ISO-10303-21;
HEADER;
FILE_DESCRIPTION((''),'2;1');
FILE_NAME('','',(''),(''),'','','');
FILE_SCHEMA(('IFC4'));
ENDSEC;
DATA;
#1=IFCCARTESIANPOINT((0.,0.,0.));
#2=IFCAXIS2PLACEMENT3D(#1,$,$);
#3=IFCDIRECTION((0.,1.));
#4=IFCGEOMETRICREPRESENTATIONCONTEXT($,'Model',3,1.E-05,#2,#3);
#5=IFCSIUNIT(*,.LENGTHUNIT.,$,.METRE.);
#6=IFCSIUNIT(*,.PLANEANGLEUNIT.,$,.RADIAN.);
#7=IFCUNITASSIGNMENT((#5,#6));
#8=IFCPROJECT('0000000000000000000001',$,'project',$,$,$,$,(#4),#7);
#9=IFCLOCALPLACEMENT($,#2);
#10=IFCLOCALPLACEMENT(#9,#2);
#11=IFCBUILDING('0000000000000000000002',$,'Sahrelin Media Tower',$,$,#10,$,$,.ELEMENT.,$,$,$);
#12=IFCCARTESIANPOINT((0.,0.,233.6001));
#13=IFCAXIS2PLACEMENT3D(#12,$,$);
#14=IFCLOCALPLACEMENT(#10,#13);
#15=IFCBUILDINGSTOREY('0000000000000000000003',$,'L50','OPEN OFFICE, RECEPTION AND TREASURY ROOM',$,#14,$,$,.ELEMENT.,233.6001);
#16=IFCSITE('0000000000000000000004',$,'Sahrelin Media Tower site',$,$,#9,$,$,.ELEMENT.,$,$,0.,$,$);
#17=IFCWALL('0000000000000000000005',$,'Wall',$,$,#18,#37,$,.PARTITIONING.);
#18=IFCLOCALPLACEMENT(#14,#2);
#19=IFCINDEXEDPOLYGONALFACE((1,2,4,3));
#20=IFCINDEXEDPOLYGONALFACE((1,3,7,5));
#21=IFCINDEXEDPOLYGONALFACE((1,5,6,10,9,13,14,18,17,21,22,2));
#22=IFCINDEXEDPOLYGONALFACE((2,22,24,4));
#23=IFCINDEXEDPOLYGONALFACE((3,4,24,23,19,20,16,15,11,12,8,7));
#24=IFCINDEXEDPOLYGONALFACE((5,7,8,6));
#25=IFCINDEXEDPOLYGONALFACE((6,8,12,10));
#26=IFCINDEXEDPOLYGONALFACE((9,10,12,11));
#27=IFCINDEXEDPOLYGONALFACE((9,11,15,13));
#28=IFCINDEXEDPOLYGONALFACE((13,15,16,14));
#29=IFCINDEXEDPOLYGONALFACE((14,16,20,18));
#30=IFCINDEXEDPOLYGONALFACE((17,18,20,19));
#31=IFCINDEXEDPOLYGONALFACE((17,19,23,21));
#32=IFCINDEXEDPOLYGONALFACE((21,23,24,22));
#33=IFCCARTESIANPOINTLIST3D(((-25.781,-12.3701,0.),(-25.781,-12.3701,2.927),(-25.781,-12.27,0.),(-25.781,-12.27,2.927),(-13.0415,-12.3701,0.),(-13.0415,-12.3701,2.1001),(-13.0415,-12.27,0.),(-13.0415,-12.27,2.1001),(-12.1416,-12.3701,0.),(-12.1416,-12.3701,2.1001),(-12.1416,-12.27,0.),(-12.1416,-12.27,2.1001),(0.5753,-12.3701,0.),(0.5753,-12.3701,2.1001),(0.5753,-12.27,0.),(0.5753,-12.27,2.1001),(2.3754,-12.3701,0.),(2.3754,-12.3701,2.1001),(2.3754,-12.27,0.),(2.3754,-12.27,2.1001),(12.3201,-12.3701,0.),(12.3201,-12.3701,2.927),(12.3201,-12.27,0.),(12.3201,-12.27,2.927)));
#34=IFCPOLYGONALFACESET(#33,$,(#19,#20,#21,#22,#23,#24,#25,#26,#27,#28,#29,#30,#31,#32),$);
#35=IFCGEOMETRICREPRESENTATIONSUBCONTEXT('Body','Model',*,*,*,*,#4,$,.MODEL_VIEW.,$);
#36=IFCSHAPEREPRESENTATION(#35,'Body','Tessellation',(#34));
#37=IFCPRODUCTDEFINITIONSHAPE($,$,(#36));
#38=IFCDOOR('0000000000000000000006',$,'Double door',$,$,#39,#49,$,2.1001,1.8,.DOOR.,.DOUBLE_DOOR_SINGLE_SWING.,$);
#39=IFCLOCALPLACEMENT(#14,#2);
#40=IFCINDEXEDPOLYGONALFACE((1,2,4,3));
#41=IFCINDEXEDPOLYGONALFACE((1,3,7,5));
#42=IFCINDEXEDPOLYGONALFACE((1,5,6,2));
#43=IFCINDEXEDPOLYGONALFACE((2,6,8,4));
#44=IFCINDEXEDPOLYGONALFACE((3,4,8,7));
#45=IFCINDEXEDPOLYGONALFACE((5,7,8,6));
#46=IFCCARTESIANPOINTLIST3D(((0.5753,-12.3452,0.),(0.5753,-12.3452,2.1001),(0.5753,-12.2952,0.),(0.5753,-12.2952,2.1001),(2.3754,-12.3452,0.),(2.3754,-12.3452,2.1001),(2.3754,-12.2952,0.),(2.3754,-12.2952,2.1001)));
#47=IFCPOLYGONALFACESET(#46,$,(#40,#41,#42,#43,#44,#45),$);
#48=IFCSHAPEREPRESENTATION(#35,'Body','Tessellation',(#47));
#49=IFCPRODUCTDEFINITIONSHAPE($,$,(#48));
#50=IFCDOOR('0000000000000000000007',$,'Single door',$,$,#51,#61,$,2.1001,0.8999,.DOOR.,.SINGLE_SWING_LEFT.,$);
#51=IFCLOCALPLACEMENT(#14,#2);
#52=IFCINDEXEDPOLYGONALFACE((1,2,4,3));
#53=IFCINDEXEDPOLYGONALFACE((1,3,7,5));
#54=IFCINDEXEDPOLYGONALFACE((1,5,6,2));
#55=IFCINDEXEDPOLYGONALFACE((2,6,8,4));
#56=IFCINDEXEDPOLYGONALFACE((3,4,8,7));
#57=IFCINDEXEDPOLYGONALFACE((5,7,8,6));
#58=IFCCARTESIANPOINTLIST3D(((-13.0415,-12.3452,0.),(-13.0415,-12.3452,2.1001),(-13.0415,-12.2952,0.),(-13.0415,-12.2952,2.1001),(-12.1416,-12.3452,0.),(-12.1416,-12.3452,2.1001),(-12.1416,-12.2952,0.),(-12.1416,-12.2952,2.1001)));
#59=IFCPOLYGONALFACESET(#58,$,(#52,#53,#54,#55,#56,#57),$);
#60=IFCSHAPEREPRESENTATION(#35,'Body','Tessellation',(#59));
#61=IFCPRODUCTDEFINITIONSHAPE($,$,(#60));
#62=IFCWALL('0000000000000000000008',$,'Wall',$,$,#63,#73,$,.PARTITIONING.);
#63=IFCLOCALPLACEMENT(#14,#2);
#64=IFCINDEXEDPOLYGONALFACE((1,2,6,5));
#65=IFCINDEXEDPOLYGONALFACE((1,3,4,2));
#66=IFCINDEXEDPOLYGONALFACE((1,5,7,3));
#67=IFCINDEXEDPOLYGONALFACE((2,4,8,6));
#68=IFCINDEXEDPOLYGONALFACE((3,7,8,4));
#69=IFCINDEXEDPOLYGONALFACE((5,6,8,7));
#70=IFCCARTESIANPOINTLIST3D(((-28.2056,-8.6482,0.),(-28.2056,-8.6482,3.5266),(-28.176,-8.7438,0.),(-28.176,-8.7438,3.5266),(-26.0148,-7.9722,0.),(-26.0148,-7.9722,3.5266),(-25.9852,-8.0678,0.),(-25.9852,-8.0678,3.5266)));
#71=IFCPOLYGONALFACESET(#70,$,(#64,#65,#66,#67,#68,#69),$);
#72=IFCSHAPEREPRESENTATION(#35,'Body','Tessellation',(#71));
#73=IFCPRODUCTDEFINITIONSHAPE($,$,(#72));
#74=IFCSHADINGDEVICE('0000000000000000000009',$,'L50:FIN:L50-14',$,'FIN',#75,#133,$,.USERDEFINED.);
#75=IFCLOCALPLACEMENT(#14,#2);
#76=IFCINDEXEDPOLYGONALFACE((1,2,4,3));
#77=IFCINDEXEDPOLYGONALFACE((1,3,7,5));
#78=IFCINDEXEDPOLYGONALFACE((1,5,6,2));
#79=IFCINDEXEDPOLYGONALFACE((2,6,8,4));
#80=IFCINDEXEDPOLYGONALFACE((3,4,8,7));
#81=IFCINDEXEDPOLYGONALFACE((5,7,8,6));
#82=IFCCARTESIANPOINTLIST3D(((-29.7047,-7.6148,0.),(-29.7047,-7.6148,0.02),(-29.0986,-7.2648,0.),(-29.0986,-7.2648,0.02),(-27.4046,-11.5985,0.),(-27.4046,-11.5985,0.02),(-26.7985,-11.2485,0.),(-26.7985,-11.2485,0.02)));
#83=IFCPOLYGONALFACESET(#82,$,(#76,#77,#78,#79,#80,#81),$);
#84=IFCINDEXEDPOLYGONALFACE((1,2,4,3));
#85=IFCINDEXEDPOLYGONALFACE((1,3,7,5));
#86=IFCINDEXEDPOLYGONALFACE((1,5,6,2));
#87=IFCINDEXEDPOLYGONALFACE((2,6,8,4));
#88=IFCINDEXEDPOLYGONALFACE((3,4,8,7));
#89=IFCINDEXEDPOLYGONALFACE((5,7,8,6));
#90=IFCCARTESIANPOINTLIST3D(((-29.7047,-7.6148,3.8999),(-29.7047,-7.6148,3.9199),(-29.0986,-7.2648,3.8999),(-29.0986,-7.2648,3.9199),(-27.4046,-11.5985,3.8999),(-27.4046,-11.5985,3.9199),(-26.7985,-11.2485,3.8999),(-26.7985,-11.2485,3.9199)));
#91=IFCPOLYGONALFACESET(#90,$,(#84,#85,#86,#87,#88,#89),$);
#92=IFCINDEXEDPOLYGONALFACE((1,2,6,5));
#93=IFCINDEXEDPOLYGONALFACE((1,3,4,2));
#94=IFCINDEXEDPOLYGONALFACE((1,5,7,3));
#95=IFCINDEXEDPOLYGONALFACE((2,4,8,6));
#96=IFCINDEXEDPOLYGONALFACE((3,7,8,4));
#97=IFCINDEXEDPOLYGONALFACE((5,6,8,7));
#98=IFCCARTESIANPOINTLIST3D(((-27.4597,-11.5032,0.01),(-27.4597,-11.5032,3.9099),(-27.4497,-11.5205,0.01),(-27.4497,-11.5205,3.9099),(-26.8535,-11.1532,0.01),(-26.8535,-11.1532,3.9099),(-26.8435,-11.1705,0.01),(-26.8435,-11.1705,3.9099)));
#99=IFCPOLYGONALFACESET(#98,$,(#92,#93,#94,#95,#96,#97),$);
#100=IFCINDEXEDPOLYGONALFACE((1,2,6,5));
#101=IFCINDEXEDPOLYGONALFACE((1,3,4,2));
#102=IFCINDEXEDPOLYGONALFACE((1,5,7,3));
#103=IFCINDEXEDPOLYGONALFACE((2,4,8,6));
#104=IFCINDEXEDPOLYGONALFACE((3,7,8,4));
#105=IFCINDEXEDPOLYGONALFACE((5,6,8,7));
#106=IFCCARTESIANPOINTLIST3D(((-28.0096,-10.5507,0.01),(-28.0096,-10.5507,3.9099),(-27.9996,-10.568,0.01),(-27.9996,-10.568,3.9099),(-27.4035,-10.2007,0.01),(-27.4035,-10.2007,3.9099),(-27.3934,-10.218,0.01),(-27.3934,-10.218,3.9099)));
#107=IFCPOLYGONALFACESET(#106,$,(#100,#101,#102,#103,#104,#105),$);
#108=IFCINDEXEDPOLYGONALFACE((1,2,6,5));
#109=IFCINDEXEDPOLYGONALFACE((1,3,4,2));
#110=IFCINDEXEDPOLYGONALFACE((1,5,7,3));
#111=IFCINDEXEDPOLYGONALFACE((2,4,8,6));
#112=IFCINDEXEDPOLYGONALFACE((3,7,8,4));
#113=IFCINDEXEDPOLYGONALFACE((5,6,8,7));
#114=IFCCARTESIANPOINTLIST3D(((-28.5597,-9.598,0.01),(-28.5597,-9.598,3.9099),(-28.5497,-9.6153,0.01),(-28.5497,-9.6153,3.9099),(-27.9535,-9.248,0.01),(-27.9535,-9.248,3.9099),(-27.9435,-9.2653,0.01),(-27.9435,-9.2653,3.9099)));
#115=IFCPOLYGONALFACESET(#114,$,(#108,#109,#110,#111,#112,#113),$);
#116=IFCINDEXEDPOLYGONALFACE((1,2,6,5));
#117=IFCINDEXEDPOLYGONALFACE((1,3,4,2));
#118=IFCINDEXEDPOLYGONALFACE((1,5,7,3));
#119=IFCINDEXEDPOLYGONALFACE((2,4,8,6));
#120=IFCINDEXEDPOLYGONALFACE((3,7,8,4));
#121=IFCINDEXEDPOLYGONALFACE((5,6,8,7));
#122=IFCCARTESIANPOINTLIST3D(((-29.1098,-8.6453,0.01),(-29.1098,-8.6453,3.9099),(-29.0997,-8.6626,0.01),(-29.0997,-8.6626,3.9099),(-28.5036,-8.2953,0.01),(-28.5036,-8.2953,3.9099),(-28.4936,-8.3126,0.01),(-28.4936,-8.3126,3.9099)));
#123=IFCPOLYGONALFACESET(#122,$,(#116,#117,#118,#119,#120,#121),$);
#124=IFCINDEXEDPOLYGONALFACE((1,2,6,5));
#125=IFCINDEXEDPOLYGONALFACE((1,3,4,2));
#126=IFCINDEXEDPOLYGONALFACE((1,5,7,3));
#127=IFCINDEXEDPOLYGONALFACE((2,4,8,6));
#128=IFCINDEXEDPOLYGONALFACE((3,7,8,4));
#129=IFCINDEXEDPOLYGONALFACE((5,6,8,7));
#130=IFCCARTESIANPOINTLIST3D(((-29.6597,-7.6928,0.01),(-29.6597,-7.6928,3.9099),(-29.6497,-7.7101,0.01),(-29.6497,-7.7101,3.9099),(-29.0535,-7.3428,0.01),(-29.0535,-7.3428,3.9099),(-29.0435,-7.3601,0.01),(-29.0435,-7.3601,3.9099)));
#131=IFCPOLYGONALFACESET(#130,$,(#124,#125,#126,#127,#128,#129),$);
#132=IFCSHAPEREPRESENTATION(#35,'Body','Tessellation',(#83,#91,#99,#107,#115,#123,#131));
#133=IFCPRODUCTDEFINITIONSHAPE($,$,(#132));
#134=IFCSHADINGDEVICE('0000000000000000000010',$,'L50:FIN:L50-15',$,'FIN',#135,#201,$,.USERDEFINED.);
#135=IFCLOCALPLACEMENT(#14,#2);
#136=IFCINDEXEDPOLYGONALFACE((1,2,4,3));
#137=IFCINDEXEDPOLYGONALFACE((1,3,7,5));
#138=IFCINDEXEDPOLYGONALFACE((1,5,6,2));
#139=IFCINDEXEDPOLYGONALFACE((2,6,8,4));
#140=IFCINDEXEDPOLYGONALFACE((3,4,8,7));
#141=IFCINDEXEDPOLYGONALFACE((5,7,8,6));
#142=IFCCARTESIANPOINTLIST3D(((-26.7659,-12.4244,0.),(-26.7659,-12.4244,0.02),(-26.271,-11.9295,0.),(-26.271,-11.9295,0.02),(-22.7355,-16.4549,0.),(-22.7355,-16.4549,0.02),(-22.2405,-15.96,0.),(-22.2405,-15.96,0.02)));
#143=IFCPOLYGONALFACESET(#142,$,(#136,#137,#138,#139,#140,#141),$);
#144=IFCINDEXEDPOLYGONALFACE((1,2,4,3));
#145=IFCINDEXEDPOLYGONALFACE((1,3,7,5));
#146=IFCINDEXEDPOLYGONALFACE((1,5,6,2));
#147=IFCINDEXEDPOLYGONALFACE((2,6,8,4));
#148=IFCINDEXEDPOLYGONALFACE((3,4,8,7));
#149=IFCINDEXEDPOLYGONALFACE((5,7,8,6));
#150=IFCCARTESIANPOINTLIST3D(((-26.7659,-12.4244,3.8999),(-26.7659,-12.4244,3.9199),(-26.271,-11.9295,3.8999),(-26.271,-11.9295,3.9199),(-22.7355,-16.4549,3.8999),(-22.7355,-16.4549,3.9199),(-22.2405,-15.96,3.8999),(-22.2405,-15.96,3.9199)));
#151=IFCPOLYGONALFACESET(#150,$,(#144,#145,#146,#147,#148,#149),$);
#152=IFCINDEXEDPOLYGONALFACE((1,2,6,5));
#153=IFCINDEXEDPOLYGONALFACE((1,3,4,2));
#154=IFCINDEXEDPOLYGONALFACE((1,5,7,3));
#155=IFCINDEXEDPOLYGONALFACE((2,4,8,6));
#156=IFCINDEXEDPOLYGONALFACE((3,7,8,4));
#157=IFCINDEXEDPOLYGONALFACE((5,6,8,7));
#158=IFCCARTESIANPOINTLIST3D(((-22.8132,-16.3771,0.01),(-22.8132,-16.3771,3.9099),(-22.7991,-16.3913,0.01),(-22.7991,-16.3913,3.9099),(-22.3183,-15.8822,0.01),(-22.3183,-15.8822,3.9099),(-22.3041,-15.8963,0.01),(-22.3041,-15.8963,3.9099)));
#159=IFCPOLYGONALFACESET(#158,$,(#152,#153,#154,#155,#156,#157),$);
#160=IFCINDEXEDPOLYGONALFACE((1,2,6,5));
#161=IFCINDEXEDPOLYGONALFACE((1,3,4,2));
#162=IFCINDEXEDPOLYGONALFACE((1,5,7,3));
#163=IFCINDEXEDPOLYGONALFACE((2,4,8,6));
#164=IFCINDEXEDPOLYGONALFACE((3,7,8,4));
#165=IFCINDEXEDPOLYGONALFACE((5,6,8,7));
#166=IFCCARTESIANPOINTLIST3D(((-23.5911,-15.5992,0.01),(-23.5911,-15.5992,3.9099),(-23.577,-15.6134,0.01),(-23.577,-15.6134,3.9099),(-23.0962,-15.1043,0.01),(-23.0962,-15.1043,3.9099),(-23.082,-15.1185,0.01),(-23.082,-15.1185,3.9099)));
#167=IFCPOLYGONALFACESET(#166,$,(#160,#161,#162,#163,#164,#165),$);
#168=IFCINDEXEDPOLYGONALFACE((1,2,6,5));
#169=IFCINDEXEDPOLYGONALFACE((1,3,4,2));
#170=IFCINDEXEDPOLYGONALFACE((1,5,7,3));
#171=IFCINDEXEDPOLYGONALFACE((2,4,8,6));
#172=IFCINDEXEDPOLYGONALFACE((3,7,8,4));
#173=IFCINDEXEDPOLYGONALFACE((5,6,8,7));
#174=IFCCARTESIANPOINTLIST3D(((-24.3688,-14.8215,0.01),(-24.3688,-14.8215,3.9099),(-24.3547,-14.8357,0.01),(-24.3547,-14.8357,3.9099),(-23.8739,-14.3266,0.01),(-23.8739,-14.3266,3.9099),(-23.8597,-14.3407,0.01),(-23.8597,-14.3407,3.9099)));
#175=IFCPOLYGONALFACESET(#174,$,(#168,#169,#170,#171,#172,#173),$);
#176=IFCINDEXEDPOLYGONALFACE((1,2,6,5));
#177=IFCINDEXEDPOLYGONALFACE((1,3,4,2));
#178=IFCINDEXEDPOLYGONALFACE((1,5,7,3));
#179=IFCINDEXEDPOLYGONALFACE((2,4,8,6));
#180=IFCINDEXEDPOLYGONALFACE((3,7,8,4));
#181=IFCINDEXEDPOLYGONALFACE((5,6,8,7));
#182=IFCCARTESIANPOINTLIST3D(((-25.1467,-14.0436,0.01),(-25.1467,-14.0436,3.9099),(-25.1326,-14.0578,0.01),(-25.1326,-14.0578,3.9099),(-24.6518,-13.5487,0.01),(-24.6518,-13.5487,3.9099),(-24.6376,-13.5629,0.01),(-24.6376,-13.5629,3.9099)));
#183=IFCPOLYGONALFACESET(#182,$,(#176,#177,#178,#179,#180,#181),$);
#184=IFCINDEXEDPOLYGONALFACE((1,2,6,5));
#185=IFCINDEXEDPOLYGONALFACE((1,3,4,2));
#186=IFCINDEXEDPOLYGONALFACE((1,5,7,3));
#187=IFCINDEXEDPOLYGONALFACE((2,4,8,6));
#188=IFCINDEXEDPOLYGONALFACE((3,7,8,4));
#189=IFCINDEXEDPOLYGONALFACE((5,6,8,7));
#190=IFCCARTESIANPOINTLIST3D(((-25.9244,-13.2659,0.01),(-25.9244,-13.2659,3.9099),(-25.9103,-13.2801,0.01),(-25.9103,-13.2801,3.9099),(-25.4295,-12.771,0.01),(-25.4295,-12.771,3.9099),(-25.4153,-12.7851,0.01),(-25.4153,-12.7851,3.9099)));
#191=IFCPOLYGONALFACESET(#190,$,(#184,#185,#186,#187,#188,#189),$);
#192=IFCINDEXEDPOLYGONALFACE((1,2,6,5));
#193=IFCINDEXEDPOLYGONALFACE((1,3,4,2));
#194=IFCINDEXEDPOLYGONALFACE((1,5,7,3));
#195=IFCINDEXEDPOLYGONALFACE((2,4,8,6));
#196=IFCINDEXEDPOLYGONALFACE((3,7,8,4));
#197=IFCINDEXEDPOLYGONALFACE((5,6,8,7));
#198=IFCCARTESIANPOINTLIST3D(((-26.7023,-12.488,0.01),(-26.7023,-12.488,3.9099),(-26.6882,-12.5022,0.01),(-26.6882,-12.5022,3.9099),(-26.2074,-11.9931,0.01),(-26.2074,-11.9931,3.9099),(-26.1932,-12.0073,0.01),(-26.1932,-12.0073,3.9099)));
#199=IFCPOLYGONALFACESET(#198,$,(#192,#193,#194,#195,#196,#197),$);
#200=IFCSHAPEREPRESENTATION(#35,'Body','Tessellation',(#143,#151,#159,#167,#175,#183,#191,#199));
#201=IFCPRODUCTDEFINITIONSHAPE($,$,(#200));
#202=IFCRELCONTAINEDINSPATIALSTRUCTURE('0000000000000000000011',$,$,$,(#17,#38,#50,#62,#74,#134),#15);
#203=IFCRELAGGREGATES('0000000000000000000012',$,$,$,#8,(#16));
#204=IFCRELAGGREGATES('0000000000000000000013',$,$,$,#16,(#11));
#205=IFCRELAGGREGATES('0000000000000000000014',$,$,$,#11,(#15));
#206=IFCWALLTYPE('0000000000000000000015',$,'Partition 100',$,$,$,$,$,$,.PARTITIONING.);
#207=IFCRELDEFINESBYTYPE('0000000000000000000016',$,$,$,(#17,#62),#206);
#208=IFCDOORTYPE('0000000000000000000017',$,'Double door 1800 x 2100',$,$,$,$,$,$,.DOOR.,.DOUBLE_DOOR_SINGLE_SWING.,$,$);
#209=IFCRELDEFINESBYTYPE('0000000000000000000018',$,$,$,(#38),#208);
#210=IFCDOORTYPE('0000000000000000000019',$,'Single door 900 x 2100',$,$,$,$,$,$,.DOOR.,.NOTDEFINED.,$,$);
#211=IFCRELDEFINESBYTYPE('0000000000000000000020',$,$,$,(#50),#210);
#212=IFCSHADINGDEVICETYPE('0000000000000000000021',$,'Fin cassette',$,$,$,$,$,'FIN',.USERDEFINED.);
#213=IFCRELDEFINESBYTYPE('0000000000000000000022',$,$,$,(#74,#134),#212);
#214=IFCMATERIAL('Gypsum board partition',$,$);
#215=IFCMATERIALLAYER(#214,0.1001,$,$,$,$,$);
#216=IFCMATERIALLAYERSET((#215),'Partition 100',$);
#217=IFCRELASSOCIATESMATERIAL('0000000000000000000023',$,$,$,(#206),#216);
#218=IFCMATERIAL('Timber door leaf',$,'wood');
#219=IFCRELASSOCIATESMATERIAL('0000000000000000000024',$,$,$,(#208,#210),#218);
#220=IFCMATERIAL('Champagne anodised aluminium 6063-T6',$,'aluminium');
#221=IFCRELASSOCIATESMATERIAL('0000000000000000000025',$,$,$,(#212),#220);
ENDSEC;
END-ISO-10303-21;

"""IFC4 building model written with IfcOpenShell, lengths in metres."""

from ifc_helpers import new_model, si_unit, direction, frame, frame_2d, origin, origin_2d, place, context, subcontext, project, spatial, rectangle, extrude, material, layer, layer_set, type_object, element, fill, save


model = new_model("IFC4")

# Units and contexts
model_context = context("Model", 3, precision=1e-05, world=origin(), true_north=direction((0.0, 1.0)))
body_context = subcontext(model_context, "Body", "Model", "MODEL_VIEW")
ifc_project = project(units=[si_unit("LENGTHUNIT", "METRE"), si_unit("PLANEANGLEUNIT", "RADIAN")], contexts=[model_context])

# Site, building, storey
site_placement = place(None, origin())
site = spatial("IfcSite", under=ifc_project, at=site_placement, Name="Sahrelin Media Tower site", CompositionType="ELEMENT", RefElevation=0.0)
building_placement = place(site_placement, origin())
building = spatial("IfcBuilding", under=site, at=building_placement, Name="Sahrelin Media Tower", CompositionType="ELEMENT")
storey_placement = place(building_placement, frame((0.0, 0.0, 233.6001)))
storey = spatial("IfcBuildingStorey", under=building, at=storey_placement, Name="L50", Description="OPEN OFFICE, RECEPTION AND TREASURY ROOM", CompositionType="ELEMENT", Elevation=233.6001)

# Shared definitions
ifc_material_1 = material(Name="Champagne anodised aluminium 6063-T6", Category="aluminium")

# Wall, openings, doors
ifc_material_2 = material(Name="Gypsum board partition")
ifc_layer_1 = layer(ifc_material_2, 0.1001)
ifc_layer_set_1 = layer_set([ifc_layer_1], Name="Partition 100")
wall_type_1 = type_object("IfcWallType", Name="Partition 100", PredefinedType="PARTITIONING", material=ifc_layer_set_1)
wall_1_placement = place(storey_placement, frame((-25.781, -12.3201, 0.0), z_axis=(0.0, 0.0, 1.0), x_axis=(1.0, 0.0, 0.0)))
wall_1 = element("IfcWall", 1, at=wall_1_placement, inside=storey, type_object=wall_type_1, Name="Wall", PredefinedType="PARTITIONING", context=body_context, shape_type="SweptSolid", body=[
    extrude(rectangle(XDim=38.1011, YDim=0.1001, at=frame_2d((19.0505, 0.0))), origin(), (0.0, 0.0, 1.0), 2.927),
])
opening_1_placement = place(wall_1_placement, frame((26.3564, 0.0, 0.0)))
opening_1 = element("IfcOpeningElement", 2, at=opening_1_placement, cuts=wall_1, PredefinedType="OPENING", context=body_context, shape_type="SweptSolid", body=[
    extrude(rectangle(XDim=1.8, YDim=2.1001, at=frame_2d((0.8999, 1.05))), frame((0.0, 0.05, 0.0), z_axis=(0.0, -1.0, 0.0), x_axis=(1.0, 0.0, 0.0)), (0.0, 0.0, 1.0), 0.1001),
])
opening_2_placement = place(wall_1_placement, frame((12.7395, 0.0, 0.0)))
opening_2 = element("IfcOpeningElement", 3, at=opening_2_placement, cuts=wall_1, PredefinedType="OPENING", context=body_context, shape_type="SweptSolid", body=[
    extrude(rectangle(XDim=0.8999, YDim=2.1001, at=frame_2d((0.45, 1.05))), frame((0.0, 0.05, 0.0), z_axis=(0.0, -1.0, 0.0), x_axis=(1.0, 0.0, 0.0)), (0.0, 0.0, 1.0), 0.1001),
])
ifc_material_3 = material(Name="Timber door leaf", Category="wood")
door_type_1 = type_object("IfcDoorType", Name="Double door 1800 x 2100", OperationType="DOUBLE_DOOR_SINGLE_SWING", PredefinedType="DOOR", material=ifc_material_3)
door_1_placement = place(opening_1_placement, origin())
door_1 = element("IfcDoor", 4, at=door_1_placement, inside=storey, type_object=door_type_1, Name="Double door", OperationType="DOUBLE_DOOR_SINGLE_SWING", OverallHeight=2.1001, OverallWidth=1.8, PredefinedType="DOOR", context=body_context, shape_type="SweptSolid", body=[
    extrude(rectangle(XDim=1.8, YDim=2.1001, at=frame_2d((0.8999, 1.05))), frame((0.0, 0.0249, 0.0), z_axis=(0.0, -1.0, 0.0), x_axis=(1.0, 0.0, 0.0)), (0.0, 0.0, 1.0), 0.05),
])
fill(opening_1, door_1)
door_type_2 = type_object("IfcDoorType", Name="Single door 900 x 2100", OperationType="NOTDEFINED", PredefinedType="DOOR", material=ifc_material_3)
door_2_placement = place(opening_2_placement, origin())
door_2 = element("IfcDoor", 5, at=door_2_placement, inside=storey, type_object=door_type_2, Name="Single door", OperationType="SINGLE_SWING_LEFT", OverallHeight=2.1001, OverallWidth=0.8999, PredefinedType="DOOR", context=body_context, shape_type="SweptSolid", body=[
    extrude(rectangle(XDim=0.8999, YDim=2.1001, at=frame_2d((0.45, 1.05))), frame((0.0, 0.0249, 0.0), z_axis=(0.0, -1.0, 0.0), x_axis=(1.0, 0.0, 0.0)), (0.0, 0.0, 1.0), 0.05),
])
fill(opening_2, door_2)

# Wall
wall_2_placement = place(storey_placement, frame((-28.1909, -8.696, 0.0), z_axis=(0.0, 0.0, 1.0), x_axis=(0.955546, 0.294841, 0.0)))
element("IfcWall", 6, at=wall_2_placement, inside=storey, type_object=wall_type_1, Name="Wall", PredefinedType="PARTITIONING", context=body_context, shape_type="SweptSolid", body=[
    extrude(rectangle(XDim=2.2927, YDim=0.1001, at=frame_2d((1.1465, 0.0))), origin(), (0.0, 0.0, 1.0), 3.5266),
])

# Shading devices
shading_device_type_1 = type_object("IfcShadingDeviceType", Name="Fin cassette", ElementType="FIN", PredefinedType="USERDEFINED", material=ifc_material_1)
placement_1 = place(storey_placement, frame((-27.8879, -9.2217, 0.0), z_axis=(0.0, 0.0, 1.0), x_axis=(-0.500011, 0.866019, 0.0)))
element("IfcShadingDevice", 7, at=placement_1, inside=storey, type_object=shading_device_type_1, Name="L50:FIN:L50-14", ObjectType="FIN", PredefinedType="USERDEFINED", context=body_context, shape_type="SweptSolid", body=[
    extrude(rectangle(XDim=4.6001, YDim=0.7, at=origin_2d()), frame((0.0, 0.4199, 0.0)), (0.0, 0.0, 1.0), 0.02),
    extrude(rectangle(XDim=4.6001, YDim=0.7, at=origin_2d()), frame((0.0, 0.4199, 3.8999)), (0.0, 0.0, 1.0), 0.02),
    extrude(rectangle(XDim=0.02, YDim=0.7, at=origin_2d()), frame((-2.2, 0.4199, 0.01), z_axis=(0.0, 0.0, 1.0), x_axis=(1.0, 0.0, 0.0)), (0.0, 0.0, 1.0), 3.8999),
    extrude(rectangle(XDim=0.02, YDim=0.7, at=origin_2d()), frame((-1.1001, 0.4199, 0.01), z_axis=(0.0, 0.0, 1.0), x_axis=(1.0, 0.0, 0.0)), (0.0, 0.0, 1.0), 3.8999),
    extrude(rectangle(XDim=0.02, YDim=0.7, at=origin_2d()), frame((0.0, 0.4199, 0.01), z_axis=(0.0, 0.0, 1.0), x_axis=(1.0, 0.0, 0.0)), (0.0, 0.0, 1.0), 3.8999),
    extrude(rectangle(XDim=0.02, YDim=0.7, at=origin_2d()), frame((1.1001, 0.4199, 0.01), z_axis=(0.0, 0.0, 1.0), x_axis=(1.0, 0.0, 0.0)), (0.0, 0.0, 1.0), 3.8999),
    extrude(rectangle(XDim=0.02, YDim=0.7, at=origin_2d()), frame((2.2, 0.4199, 0.01), z_axis=(0.0, 0.0, 1.0), x_axis=(1.0, 0.0, 0.0)), (0.0, 0.0, 1.0), 3.8999),
])
placement_2 = place(storey_placement, frame((-24.2063, -13.8953, 0.0), z_axis=(0.0, 0.0, 1.0), x_axis=(-0.707107, 0.707107, 0.0)))
element("IfcShadingDevice", 8, at=placement_2, inside=storey, type_object=shading_device_type_1, Name="L50:FIN:L50-15", ObjectType="FIN", PredefinedType="USERDEFINED", context=body_context, shape_type="SweptSolid", body=[
    extrude(rectangle(XDim=5.7, YDim=0.7, at=origin_2d()), frame((0.0, 0.4199, 0.0)), (0.0, 0.0, 1.0), 0.02),
    extrude(rectangle(XDim=5.7, YDim=0.7, at=origin_2d()), frame((0.0, 0.4199, 3.8999)), (0.0, 0.0, 1.0), 0.02),
    extrude(rectangle(XDim=0.02, YDim=0.7, at=origin_2d()), frame((-2.75, 0.4199, 0.01), z_axis=(0.0, 0.0, 1.0), x_axis=(1.0, 0.0, 0.0)), (0.0, 0.0, 1.0), 3.8999),
    extrude(rectangle(XDim=0.02, YDim=0.7, at=origin_2d()), frame((-1.6499, 0.4199, 0.01), z_axis=(0.0, 0.0, 1.0), x_axis=(1.0, 0.0, 0.0)), (0.0, 0.0, 1.0), 3.8999),
    extrude(rectangle(XDim=0.02, YDim=0.7, at=origin_2d()), frame((-0.55, 0.4199, 0.01), z_axis=(0.0, 0.0, 1.0), x_axis=(1.0, 0.0, 0.0)), (0.0, 0.0, 1.0), 3.8999),
    extrude(rectangle(XDim=0.02, YDim=0.7, at=origin_2d()), frame((0.55, 0.4199, 0.01), z_axis=(0.0, 0.0, 1.0), x_axis=(1.0, 0.0, 0.0)), (0.0, 0.0, 1.0), 3.8999),
    extrude(rectangle(XDim=0.02, YDim=0.7, at=origin_2d()), frame((1.6499, 0.4199, 0.01), z_axis=(0.0, 0.0, 1.0), x_axis=(1.0, 0.0, 0.0)), (0.0, 0.0, 1.0), 3.8999),
    extrude(rectangle(XDim=0.02, YDim=0.7, at=origin_2d()), frame((2.75, 0.4199, 0.01), z_axis=(0.0, 0.0, 1.0), x_axis=(1.0, 0.0, 0.0)), (0.0, 0.0, 1.0), 3.8999),
])

save(model, "model.ifc")
